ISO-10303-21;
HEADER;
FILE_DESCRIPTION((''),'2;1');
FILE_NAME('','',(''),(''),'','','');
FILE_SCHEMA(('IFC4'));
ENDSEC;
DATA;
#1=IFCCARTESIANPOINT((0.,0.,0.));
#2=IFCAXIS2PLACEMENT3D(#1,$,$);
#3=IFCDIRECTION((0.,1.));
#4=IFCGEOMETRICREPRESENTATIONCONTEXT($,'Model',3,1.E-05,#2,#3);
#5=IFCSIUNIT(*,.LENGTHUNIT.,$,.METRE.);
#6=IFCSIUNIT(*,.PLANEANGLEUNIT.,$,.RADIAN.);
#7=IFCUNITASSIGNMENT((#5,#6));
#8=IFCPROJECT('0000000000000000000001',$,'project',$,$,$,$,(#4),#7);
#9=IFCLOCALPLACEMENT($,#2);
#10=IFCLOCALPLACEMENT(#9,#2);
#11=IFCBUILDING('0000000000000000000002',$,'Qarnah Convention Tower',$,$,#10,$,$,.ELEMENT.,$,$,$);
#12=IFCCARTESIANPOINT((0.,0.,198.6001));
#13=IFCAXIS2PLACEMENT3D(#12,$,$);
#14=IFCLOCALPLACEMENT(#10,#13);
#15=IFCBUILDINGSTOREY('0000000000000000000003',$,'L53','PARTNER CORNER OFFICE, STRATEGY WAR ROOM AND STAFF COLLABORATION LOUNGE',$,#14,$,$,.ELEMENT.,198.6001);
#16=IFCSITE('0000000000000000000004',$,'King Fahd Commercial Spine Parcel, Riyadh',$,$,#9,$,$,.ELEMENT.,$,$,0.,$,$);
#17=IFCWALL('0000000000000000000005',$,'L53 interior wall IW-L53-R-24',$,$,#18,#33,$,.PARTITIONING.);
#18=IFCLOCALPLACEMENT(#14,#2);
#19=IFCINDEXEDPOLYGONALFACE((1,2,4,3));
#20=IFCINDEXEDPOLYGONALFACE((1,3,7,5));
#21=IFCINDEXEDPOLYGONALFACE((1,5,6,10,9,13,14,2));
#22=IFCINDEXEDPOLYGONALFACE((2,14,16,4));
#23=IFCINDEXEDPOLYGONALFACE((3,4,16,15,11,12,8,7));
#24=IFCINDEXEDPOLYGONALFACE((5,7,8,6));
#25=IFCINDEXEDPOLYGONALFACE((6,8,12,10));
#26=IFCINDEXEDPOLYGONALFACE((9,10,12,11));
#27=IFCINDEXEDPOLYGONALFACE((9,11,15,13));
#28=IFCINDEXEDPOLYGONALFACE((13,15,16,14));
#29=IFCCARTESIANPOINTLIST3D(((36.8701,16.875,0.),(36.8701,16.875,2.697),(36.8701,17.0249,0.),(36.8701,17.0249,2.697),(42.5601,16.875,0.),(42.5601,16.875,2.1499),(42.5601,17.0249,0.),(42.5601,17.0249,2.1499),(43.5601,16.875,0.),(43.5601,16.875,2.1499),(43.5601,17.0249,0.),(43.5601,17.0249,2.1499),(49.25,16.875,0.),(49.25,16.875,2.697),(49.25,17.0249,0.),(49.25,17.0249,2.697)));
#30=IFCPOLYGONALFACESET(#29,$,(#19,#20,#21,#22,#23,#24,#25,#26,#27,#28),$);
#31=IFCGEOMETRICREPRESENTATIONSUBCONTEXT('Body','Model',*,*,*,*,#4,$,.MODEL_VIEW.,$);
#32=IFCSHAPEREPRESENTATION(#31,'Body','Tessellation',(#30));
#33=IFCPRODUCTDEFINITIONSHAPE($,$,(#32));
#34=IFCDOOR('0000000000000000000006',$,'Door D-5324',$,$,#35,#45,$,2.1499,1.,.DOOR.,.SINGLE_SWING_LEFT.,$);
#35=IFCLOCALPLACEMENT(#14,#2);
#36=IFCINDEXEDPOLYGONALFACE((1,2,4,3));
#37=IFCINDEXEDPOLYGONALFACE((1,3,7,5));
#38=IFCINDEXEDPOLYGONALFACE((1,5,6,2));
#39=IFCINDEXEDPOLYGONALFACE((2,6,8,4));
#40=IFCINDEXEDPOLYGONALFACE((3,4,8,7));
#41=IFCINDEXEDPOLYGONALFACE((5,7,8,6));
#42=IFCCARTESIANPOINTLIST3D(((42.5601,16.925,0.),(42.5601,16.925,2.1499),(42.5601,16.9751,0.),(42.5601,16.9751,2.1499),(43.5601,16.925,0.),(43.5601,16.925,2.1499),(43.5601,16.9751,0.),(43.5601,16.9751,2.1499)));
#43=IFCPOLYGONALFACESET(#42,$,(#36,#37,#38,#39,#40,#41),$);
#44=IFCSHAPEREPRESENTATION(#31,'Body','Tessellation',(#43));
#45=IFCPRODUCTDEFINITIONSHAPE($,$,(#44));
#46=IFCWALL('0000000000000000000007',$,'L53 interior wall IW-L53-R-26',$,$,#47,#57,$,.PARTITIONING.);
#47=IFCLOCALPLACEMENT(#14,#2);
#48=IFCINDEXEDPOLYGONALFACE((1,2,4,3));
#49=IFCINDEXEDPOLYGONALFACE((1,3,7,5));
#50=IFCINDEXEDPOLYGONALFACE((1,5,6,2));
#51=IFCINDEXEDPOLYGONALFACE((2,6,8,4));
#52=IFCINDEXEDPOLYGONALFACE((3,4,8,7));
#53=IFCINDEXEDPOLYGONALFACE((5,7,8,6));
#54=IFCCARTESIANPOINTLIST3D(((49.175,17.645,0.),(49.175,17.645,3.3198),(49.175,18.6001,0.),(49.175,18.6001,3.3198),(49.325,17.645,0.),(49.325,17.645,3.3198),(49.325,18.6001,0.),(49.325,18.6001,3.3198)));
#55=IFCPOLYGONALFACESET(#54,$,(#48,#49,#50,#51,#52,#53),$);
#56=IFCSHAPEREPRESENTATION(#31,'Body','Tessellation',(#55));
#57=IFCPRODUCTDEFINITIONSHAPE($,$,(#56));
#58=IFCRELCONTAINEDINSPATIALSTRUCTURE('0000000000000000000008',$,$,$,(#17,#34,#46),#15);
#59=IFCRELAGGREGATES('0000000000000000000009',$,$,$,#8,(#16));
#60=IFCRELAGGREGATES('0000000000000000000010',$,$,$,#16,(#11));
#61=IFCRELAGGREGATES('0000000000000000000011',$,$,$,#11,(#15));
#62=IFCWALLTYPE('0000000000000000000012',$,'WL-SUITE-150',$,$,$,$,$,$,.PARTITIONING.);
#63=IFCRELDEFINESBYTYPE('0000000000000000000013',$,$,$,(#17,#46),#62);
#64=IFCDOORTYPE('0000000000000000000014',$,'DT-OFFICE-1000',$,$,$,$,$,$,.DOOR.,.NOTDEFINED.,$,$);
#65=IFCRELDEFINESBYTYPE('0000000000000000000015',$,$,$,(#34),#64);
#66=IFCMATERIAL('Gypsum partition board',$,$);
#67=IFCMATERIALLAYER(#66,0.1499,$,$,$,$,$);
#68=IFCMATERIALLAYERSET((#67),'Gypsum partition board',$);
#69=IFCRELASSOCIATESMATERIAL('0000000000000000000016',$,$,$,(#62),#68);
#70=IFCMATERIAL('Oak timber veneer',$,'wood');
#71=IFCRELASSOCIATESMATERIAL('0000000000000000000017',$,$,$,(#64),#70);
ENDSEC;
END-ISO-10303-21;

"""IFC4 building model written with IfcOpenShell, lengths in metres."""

from ifc_helpers import new_model, si_unit, direction, frame, frame_2d, origin, place, context, subcontext, project, spatial, rectangle, extrude, material, layer, layer_set, type_object, element, fill, save


model = new_model("IFC4")

# Units and contexts
model_context = context("Model", 3, precision=1e-05, world=origin(), true_north=direction((0.0, 1.0)))
body_context = subcontext(model_context, "Body", "Model", "MODEL_VIEW")
ifc_project = project(units=[si_unit("LENGTHUNIT", "METRE"), si_unit("PLANEANGLEUNIT", "RADIAN")], contexts=[model_context])

# Site, building, storey
site_placement = place(None, origin())
site = spatial("IfcSite", under=ifc_project, at=site_placement, Name="King Fahd Commercial Spine Parcel, Riyadh", CompositionType="ELEMENT", RefElevation=0.0)
building_placement = place(site_placement, origin())
building = spatial("IfcBuilding", under=site, at=building_placement, Name="Qarnah Convention Tower", CompositionType="ELEMENT")
storey_placement = place(building_placement, frame((0.0, 0.0, 198.6001)))
storey = spatial("IfcBuildingStorey", under=building, at=storey_placement, Name="L53", Description="PARTNER CORNER OFFICE, STRATEGY WAR ROOM AND STAFF COLLABORATION LOUNGE", CompositionType="ELEMENT", Elevation=198.6001)

# Shared definitions
ifc_material_1 = material(Name="Gypsum partition board")
ifc_layer_1 = layer(ifc_material_1, 0.1499)
ifc_layer_set_1 = layer_set([ifc_layer_1], Name="Gypsum partition board")
wall_type_1 = type_object("IfcWallType", Name="WL-SUITE-150", PredefinedType="PARTITIONING", material=ifc_layer_set_1)

# Wall, opening, door
wall_1_placement = place(storey_placement, frame((49.25, 16.95, 0.0), z_axis=(0.0, 0.0, 1.0), x_axis=(-1.0, 0.0, 0.0)))
wall_1 = element("IfcWall", 1, at=wall_1_placement, inside=storey, type_object=wall_type_1, Name="L53 interior wall IW-L53-R-24", PredefinedType="PARTITIONING", context=body_context, shape_type="SweptSolid", body=[
    extrude(rectangle(XDim=12.3799, YDim=0.1499, at=frame_2d((6.1899, 0.0))), origin(), (0.0, 0.0, 1.0), 2.697),
])
opening_1_placement = place(wall_1_placement, frame((5.6899, 0.0, 0.0)))
opening_1 = element("IfcOpeningElement", 2, at=opening_1_placement, cuts=wall_1, PredefinedType="OPENING", context=body_context, shape_type="SweptSolid", body=[
    extrude(rectangle(XDim=1.0, YDim=2.1499, at=frame_2d((0.5, 1.075))), frame((0.0, 0.085, 0.0), z_axis=(0.0, -1.0, 0.0), x_axis=(1.0, 0.0, 0.0)), (0.0, 0.0, 1.0), 0.1699),
])
ifc_material_2 = material(Name="Oak timber veneer", Category="wood")
door_type_1 = type_object("IfcDoorType", Name="DT-OFFICE-1000", OperationType="NOTDEFINED", PredefinedType="DOOR", material=ifc_material_2)
door_1_placement = place(opening_1_placement, origin())
door_1 = element("IfcDoor", 3, at=door_1_placement, inside=storey, type_object=door_type_1, Name="Door D-5324", OperationType="SINGLE_SWING_LEFT", OverallHeight=2.1499, OverallWidth=1.0, PredefinedType="DOOR", context=body_context, shape_type="SweptSolid", body=[
    extrude(rectangle(XDim=1.0, YDim=2.1499, at=frame_2d((0.5, 1.075))), frame((0.0, 0.0249, 0.0), z_axis=(0.0, -1.0, 0.0), x_axis=(1.0, 0.0, 0.0)), (0.0, 0.0, 1.0), 0.05),
])
fill(opening_1, door_1)

# Wall
wall_2_placement = place(storey_placement, frame((49.25, 18.6001, 0.0), z_axis=(0.0, 0.0, 1.0), x_axis=(0.0, -1.0, 0.0)))
element("IfcWall", 4, at=wall_2_placement, inside=storey, type_object=wall_type_1, Name="L53 interior wall IW-L53-R-26", PredefinedType="PARTITIONING", context=body_context, shape_type="SweptSolid", body=[
    extrude(rectangle(XDim=0.9551, YDim=0.1499, at=frame_2d((0.4775, 0.0))), origin(), (0.0, 0.0, 1.0), 3.3198),
])

save(model, "model.ifc")
